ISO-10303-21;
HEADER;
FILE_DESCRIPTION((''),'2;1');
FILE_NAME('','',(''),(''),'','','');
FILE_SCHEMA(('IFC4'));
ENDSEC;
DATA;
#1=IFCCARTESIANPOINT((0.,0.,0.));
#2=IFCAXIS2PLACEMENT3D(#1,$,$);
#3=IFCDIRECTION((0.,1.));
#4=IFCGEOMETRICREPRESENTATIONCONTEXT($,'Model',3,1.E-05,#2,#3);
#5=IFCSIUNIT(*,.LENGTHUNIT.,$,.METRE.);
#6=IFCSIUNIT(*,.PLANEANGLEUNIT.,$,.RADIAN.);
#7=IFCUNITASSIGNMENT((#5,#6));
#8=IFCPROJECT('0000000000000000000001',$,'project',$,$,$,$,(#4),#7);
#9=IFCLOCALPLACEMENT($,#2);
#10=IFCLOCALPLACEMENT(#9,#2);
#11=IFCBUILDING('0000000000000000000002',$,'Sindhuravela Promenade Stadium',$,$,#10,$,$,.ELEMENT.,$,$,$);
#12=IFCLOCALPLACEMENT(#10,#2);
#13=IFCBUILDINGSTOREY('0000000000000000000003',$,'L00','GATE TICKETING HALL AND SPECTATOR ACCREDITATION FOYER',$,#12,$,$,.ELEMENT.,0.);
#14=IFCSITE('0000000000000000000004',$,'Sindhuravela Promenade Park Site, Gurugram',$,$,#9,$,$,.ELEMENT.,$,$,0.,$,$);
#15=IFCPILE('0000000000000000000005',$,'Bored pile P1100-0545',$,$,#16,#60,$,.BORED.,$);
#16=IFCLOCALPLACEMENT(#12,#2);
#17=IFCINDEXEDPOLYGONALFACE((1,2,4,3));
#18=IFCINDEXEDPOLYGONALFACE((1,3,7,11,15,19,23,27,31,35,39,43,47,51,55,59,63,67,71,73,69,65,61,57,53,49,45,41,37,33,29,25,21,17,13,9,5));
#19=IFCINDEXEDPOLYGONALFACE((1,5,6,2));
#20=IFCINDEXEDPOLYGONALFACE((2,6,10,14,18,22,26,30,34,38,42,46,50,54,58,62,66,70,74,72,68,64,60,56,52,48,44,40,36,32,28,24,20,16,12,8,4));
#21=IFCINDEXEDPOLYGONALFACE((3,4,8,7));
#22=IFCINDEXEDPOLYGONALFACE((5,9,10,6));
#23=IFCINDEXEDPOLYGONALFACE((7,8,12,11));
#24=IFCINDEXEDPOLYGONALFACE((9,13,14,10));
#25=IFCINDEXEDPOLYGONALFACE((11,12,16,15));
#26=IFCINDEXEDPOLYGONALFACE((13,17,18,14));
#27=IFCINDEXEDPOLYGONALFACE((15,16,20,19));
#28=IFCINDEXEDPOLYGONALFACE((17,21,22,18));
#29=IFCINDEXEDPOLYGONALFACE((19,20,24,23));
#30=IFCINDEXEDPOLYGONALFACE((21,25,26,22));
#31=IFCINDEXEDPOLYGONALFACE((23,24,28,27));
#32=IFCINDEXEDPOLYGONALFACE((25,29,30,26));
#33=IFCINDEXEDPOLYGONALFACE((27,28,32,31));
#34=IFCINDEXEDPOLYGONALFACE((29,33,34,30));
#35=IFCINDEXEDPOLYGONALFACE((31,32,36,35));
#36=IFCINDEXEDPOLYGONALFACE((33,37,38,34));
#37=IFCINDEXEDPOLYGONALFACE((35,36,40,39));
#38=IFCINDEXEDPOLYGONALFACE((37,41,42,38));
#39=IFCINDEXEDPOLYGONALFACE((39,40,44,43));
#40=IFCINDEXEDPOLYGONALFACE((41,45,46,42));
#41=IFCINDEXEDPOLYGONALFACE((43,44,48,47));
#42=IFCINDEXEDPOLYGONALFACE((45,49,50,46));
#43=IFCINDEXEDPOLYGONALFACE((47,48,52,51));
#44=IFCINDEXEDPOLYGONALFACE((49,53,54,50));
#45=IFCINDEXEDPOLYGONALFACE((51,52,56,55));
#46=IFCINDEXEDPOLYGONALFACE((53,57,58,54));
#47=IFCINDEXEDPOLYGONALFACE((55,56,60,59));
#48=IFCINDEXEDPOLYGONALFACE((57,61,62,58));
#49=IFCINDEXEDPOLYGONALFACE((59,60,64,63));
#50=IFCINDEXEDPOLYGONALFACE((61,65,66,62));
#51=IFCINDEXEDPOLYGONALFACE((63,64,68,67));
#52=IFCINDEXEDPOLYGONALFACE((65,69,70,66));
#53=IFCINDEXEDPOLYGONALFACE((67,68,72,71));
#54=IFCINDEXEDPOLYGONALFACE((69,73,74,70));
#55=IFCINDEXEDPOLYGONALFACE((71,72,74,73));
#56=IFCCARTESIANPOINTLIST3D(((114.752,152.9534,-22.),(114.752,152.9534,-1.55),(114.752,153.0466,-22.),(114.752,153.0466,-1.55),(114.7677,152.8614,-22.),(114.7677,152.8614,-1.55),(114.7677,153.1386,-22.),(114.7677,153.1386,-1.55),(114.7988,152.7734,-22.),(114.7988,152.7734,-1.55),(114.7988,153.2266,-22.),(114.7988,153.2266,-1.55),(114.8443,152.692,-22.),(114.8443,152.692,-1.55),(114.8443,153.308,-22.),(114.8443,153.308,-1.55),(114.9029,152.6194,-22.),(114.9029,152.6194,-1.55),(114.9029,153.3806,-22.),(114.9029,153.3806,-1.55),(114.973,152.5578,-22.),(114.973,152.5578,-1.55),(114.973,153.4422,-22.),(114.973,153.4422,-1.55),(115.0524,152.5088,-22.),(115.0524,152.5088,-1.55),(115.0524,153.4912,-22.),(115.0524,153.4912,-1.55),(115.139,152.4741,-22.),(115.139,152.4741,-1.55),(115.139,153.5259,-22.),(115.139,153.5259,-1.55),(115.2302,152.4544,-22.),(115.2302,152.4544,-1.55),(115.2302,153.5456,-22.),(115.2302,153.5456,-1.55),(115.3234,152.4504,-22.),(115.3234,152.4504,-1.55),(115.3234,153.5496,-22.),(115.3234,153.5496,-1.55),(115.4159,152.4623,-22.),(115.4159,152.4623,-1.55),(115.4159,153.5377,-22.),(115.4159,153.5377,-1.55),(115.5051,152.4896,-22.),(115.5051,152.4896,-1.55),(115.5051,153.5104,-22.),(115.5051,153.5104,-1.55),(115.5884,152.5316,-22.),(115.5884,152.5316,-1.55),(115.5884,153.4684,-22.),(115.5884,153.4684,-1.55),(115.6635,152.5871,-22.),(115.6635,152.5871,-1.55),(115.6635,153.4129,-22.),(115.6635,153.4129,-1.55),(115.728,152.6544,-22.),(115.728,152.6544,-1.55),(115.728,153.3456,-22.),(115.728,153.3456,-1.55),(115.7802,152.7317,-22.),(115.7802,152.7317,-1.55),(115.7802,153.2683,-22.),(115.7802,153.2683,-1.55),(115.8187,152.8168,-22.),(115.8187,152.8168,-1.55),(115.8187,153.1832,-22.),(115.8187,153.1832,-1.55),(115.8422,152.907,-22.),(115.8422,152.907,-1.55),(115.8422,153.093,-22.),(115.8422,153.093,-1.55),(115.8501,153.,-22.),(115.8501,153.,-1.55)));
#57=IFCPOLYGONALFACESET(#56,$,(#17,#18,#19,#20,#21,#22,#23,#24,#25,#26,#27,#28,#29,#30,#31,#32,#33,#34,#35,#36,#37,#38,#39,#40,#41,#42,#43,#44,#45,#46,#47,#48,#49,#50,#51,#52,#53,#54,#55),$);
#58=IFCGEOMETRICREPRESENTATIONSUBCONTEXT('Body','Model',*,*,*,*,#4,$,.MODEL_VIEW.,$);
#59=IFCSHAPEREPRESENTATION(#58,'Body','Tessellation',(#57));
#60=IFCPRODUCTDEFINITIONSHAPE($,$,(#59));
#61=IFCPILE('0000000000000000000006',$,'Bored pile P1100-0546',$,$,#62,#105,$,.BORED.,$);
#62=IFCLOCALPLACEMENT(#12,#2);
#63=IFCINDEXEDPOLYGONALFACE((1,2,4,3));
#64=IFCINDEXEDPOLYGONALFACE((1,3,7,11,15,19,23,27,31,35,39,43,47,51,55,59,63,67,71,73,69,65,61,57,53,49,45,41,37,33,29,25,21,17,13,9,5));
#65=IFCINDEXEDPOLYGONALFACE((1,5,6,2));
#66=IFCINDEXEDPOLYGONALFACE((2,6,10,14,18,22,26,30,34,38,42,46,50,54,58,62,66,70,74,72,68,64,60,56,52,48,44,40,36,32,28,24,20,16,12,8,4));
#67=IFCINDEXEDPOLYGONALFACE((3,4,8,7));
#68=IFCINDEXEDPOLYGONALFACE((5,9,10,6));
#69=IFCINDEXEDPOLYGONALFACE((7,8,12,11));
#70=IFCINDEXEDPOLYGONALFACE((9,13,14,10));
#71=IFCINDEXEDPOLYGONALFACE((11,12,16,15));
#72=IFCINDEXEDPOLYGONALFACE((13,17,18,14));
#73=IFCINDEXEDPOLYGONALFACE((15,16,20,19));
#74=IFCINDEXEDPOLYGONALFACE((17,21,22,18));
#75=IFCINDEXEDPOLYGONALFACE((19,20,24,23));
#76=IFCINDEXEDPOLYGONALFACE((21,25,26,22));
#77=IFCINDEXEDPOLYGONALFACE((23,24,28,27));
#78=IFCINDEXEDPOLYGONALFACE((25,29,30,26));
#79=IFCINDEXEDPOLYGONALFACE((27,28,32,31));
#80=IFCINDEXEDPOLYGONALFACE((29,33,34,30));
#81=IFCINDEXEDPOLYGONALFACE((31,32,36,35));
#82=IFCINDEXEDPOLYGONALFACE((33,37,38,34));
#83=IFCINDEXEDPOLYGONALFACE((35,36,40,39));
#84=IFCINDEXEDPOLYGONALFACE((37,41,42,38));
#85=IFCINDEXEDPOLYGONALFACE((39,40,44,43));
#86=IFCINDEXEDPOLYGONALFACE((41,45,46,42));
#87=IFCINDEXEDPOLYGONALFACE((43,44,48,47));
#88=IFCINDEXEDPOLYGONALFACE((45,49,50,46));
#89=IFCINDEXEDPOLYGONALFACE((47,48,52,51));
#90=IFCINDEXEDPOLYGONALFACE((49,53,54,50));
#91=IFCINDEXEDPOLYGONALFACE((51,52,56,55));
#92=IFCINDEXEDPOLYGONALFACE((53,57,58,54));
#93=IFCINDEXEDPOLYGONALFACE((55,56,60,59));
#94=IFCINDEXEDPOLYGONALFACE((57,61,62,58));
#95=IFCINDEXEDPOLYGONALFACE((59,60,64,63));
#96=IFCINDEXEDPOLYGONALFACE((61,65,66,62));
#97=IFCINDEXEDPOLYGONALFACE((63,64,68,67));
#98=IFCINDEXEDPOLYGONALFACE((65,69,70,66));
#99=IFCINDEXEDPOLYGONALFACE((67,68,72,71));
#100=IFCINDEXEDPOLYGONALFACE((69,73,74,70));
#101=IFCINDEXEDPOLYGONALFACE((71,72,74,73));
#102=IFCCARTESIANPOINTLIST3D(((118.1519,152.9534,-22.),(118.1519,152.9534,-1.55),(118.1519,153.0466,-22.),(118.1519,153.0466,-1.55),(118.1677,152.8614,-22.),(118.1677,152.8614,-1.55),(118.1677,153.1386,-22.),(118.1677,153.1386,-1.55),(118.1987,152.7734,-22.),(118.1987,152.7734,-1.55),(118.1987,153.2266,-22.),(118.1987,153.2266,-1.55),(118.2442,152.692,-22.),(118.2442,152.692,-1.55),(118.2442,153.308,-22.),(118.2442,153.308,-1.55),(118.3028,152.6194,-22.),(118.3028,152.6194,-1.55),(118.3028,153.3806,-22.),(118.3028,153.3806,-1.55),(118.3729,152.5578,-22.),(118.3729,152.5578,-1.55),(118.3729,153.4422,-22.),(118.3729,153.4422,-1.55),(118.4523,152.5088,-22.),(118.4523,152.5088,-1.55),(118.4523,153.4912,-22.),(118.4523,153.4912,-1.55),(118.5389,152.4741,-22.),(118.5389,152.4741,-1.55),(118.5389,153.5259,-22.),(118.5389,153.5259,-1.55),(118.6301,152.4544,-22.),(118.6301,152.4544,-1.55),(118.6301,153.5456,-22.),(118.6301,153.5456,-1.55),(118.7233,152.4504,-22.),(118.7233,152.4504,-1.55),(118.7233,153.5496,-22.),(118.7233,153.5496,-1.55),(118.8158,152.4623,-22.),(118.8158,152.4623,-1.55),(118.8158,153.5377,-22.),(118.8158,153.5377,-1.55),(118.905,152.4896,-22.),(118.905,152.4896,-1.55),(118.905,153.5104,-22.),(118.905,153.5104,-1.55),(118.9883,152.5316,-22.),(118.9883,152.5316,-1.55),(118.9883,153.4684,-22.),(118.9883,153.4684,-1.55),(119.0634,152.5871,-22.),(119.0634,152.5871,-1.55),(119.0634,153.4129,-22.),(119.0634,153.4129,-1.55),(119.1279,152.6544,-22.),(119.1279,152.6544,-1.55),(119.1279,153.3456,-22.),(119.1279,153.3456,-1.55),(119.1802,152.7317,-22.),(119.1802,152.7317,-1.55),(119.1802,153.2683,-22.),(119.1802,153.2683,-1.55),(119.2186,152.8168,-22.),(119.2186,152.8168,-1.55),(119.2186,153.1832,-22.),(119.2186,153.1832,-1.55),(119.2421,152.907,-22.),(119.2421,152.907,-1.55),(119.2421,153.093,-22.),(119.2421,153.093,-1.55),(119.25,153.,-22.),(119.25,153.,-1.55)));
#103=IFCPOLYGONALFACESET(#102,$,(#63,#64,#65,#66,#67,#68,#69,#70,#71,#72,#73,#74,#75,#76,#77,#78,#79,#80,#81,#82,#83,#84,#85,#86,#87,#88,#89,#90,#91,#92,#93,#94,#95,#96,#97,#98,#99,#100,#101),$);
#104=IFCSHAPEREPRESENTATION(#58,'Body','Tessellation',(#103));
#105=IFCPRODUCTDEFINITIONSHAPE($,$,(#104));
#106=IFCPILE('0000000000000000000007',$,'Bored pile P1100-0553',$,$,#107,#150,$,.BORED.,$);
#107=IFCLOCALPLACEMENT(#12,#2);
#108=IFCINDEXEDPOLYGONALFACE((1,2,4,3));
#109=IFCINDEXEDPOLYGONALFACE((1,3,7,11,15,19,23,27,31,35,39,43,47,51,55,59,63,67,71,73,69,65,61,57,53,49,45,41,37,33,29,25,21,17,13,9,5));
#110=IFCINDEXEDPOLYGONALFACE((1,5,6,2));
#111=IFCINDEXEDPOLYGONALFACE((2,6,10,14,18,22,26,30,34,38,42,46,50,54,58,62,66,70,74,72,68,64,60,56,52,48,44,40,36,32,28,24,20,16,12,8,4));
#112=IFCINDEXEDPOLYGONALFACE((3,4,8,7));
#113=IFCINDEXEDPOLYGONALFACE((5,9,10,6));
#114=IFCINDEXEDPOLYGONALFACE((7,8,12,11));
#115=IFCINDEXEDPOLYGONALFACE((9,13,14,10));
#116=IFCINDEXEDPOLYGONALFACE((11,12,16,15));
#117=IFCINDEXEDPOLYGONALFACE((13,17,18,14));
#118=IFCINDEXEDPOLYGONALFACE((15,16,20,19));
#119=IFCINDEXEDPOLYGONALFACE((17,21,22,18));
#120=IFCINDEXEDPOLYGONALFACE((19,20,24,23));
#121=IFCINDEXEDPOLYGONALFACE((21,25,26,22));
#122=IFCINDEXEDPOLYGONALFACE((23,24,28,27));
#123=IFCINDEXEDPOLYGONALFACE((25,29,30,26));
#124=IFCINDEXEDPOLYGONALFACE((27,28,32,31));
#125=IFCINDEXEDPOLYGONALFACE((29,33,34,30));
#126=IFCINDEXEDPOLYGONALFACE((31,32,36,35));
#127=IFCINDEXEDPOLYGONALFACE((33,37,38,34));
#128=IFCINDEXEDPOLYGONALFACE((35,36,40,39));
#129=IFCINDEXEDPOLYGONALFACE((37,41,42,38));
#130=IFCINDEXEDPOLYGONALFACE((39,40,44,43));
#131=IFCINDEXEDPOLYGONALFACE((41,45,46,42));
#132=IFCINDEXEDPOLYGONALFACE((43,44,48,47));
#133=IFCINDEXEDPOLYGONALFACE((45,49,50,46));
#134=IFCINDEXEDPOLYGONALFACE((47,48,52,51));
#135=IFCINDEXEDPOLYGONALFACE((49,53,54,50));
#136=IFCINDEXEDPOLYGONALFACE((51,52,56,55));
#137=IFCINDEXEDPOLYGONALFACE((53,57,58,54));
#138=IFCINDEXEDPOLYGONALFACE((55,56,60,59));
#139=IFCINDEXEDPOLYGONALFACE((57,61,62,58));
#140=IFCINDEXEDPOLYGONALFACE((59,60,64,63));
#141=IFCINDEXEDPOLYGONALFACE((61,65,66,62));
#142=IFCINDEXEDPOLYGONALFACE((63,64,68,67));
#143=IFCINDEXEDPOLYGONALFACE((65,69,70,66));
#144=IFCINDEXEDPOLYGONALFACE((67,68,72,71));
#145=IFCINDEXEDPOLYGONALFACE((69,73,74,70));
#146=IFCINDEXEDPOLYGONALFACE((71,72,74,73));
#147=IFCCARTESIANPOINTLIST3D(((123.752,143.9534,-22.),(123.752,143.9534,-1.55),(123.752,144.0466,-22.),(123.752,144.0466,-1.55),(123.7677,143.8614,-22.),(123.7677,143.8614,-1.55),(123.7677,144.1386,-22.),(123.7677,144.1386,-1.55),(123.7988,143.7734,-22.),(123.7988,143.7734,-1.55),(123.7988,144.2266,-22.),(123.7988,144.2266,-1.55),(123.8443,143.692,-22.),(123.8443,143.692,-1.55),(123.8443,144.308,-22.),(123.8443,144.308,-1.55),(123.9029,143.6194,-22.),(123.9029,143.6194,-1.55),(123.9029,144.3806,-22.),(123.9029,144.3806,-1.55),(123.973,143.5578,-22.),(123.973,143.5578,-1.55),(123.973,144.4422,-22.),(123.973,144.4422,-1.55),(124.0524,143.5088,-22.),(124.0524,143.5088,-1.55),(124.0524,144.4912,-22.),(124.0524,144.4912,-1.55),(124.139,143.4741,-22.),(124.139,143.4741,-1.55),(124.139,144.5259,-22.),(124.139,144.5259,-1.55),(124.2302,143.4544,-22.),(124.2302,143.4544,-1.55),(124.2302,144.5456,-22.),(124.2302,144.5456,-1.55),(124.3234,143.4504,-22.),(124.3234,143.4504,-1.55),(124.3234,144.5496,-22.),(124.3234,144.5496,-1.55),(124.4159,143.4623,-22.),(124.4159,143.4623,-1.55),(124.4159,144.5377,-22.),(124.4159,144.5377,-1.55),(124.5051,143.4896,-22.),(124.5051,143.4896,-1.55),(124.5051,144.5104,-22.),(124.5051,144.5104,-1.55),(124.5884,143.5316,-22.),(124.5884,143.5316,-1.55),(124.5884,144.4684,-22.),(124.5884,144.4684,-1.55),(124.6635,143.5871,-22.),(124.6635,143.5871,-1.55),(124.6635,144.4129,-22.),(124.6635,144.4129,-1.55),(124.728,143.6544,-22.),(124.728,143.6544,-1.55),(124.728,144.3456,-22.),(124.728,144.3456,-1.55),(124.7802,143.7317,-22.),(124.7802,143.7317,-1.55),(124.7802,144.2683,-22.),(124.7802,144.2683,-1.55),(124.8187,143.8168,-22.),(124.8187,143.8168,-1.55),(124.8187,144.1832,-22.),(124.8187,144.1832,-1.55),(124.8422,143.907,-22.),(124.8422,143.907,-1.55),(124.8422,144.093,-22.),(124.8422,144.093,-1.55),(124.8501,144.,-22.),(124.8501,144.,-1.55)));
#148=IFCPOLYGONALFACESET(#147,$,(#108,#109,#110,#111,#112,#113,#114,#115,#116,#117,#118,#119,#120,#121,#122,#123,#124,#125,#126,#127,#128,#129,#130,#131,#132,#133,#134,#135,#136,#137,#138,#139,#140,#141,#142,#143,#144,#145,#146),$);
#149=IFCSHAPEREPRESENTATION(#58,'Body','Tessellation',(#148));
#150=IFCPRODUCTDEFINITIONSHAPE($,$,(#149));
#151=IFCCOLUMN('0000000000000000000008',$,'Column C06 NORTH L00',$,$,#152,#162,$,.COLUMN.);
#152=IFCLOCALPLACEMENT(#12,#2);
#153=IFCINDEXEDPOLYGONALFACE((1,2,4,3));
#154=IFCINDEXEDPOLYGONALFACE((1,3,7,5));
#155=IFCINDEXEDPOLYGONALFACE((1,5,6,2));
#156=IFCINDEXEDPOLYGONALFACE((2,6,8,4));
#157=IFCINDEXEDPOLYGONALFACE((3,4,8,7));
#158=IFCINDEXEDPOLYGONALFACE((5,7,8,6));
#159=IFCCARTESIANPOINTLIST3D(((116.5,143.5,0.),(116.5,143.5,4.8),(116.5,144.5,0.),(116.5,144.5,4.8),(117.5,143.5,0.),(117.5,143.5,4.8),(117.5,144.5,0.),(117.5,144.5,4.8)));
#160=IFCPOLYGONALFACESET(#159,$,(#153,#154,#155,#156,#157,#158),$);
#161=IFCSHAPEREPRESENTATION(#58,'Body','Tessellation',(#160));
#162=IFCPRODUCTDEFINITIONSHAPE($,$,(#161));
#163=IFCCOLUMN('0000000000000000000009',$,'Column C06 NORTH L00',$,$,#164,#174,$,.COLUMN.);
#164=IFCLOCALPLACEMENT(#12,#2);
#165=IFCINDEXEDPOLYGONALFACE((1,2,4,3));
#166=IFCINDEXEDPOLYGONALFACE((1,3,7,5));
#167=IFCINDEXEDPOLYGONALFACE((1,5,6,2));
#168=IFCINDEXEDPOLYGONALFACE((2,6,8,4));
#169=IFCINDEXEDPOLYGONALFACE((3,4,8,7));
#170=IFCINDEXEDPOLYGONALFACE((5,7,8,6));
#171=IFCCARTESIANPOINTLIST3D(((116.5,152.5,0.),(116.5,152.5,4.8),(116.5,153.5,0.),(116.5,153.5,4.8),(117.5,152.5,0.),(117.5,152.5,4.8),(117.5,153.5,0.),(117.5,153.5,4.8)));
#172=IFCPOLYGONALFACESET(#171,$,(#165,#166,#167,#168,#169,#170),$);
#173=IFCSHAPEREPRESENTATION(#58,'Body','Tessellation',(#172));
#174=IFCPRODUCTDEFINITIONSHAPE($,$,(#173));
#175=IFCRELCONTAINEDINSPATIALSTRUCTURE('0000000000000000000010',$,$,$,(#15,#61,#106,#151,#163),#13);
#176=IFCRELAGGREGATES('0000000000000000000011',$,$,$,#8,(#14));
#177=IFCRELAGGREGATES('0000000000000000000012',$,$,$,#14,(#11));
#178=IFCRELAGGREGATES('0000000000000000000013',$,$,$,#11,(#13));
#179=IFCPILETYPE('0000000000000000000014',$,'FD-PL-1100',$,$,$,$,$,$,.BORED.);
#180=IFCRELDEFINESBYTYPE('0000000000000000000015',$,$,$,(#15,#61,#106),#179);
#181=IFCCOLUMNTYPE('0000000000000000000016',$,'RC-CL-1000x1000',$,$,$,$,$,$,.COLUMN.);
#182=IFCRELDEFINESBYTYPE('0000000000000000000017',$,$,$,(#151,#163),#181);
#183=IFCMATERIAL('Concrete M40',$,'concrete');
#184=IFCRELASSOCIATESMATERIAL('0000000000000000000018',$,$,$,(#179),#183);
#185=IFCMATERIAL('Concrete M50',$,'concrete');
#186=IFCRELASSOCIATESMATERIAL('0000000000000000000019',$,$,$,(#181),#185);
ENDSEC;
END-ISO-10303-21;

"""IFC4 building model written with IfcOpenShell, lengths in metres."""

from ifc_helpers import new_model, si_unit, direction, frame, origin, origin_2d, place, context, subcontext, project, spatial, rectangle, circle, extrude, material, material_profile, profile_set, type_object, element, save


model = new_model("IFC4")

# Units and contexts
model_context = context("Model", 3, precision=1e-05, world=origin(), true_north=direction((0.0, 1.0)))
body_context = subcontext(model_context, "Body", "Model", "MODEL_VIEW")
ifc_project = project(units=[si_unit("LENGTHUNIT", "METRE"), si_unit("PLANEANGLEUNIT", "RADIAN")], contexts=[model_context])

# Site, building, storey
site_placement = place(None, origin())
site = spatial("IfcSite", under=ifc_project, at=site_placement, Name="Sindhuravela Promenade Park Site, Gurugram", CompositionType="ELEMENT", RefElevation=0.0)
building_placement = place(site_placement, origin())
building = spatial("IfcBuilding", under=site, at=building_placement, Name="Sindhuravela Promenade Stadium", CompositionType="ELEMENT")
storey_placement = place(building_placement, origin())
storey = spatial("IfcBuildingStorey", under=building, at=storey_placement, Name="L00", Description="GATE TICKETING HALL AND SPECTATOR ACCREDITATION FOYER", CompositionType="ELEMENT", Elevation=0.0)

# Shared definitions
ifc_material_1 = material(Name="Concrete M50", Category="concrete")

# Piles
ifc_material_2 = material(Name="Concrete M40", Category="concrete")
ifc_material_profile_1 = material_profile(ifc_material_2, circle(Radius=0.55, at=origin_2d()), Name="BORED PILE D1100")
ifc_profile_set_1 = profile_set([ifc_material_profile_1], Name="Concrete M40")
pile_type_1 = type_object("IfcPileType", Name="FD-PL-1100", PredefinedType="BORED", material=ifc_profile_set_1)
for number, where, z_axis, x_axis, name in (
    (1, (115.3, 153.0, -1.55), (0.0, 0.0, -1.0), (1.0, 0.0, 0.0), "Bored pile P1100-0545"),
    (2, (118.7, 153.0, -1.55), (0.0, 0.0, -1.0), (1.0, 0.0, 0.0), "Bored pile P1100-0546"),
    (3, (124.3, 144.0, -1.55), (0.0, 0.0, -1.0), (1.0, 0.0, 0.0), "Bored pile P1100-0553"),
):
    element("IfcPile", number, at=place(storey_placement, frame(where, z_axis=z_axis, x_axis=x_axis)), inside=storey, type_object=pile_type_1, Name=name, PredefinedType="BORED", context=body_context, shape_type="SweptSolid", body=[
        extrude(circle(Radius=0.55, at=origin_2d()), origin(), (0.0, 0.0, 1.0), 20.45),
    ])

# Columns
ifc_material_profile_2 = material_profile(ifc_material_1, rectangle(XDim=1.0, YDim=1.0, at=origin_2d()), Name="RC 1000x1000")
ifc_profile_set_2 = profile_set([ifc_material_profile_2], Name="Concrete M50")
column_type = type_object("IfcColumnType", Name="RC-CL-1000x1000", PredefinedType="COLUMN", material=ifc_profile_set_2)
for number, where, z_axis, x_axis, name in (
    (4, (117.0, 144.0, 0.0), (0.0, 0.0, 1.0), (1.0, 0.0, 0.0), "Column C06 NORTH L00"),
    (5, (117.0, 153.0, 0.0), (0.0, 0.0, 1.0), (1.0, 0.0, 0.0), "Column C06 NORTH L00"),
):
    element("IfcColumn", number, at=place(storey_placement, frame(where, z_axis=z_axis, x_axis=x_axis)), inside=storey, type_object=column_type, Name=name, PredefinedType="COLUMN", context=body_context, shape_type="SweptSolid", body=[
        extrude(rectangle(XDim=1.0, YDim=1.0, at=origin_2d()), origin(), (0.0, 0.0, 1.0), 4.8),
    ])

save(model, "model.ifc")
